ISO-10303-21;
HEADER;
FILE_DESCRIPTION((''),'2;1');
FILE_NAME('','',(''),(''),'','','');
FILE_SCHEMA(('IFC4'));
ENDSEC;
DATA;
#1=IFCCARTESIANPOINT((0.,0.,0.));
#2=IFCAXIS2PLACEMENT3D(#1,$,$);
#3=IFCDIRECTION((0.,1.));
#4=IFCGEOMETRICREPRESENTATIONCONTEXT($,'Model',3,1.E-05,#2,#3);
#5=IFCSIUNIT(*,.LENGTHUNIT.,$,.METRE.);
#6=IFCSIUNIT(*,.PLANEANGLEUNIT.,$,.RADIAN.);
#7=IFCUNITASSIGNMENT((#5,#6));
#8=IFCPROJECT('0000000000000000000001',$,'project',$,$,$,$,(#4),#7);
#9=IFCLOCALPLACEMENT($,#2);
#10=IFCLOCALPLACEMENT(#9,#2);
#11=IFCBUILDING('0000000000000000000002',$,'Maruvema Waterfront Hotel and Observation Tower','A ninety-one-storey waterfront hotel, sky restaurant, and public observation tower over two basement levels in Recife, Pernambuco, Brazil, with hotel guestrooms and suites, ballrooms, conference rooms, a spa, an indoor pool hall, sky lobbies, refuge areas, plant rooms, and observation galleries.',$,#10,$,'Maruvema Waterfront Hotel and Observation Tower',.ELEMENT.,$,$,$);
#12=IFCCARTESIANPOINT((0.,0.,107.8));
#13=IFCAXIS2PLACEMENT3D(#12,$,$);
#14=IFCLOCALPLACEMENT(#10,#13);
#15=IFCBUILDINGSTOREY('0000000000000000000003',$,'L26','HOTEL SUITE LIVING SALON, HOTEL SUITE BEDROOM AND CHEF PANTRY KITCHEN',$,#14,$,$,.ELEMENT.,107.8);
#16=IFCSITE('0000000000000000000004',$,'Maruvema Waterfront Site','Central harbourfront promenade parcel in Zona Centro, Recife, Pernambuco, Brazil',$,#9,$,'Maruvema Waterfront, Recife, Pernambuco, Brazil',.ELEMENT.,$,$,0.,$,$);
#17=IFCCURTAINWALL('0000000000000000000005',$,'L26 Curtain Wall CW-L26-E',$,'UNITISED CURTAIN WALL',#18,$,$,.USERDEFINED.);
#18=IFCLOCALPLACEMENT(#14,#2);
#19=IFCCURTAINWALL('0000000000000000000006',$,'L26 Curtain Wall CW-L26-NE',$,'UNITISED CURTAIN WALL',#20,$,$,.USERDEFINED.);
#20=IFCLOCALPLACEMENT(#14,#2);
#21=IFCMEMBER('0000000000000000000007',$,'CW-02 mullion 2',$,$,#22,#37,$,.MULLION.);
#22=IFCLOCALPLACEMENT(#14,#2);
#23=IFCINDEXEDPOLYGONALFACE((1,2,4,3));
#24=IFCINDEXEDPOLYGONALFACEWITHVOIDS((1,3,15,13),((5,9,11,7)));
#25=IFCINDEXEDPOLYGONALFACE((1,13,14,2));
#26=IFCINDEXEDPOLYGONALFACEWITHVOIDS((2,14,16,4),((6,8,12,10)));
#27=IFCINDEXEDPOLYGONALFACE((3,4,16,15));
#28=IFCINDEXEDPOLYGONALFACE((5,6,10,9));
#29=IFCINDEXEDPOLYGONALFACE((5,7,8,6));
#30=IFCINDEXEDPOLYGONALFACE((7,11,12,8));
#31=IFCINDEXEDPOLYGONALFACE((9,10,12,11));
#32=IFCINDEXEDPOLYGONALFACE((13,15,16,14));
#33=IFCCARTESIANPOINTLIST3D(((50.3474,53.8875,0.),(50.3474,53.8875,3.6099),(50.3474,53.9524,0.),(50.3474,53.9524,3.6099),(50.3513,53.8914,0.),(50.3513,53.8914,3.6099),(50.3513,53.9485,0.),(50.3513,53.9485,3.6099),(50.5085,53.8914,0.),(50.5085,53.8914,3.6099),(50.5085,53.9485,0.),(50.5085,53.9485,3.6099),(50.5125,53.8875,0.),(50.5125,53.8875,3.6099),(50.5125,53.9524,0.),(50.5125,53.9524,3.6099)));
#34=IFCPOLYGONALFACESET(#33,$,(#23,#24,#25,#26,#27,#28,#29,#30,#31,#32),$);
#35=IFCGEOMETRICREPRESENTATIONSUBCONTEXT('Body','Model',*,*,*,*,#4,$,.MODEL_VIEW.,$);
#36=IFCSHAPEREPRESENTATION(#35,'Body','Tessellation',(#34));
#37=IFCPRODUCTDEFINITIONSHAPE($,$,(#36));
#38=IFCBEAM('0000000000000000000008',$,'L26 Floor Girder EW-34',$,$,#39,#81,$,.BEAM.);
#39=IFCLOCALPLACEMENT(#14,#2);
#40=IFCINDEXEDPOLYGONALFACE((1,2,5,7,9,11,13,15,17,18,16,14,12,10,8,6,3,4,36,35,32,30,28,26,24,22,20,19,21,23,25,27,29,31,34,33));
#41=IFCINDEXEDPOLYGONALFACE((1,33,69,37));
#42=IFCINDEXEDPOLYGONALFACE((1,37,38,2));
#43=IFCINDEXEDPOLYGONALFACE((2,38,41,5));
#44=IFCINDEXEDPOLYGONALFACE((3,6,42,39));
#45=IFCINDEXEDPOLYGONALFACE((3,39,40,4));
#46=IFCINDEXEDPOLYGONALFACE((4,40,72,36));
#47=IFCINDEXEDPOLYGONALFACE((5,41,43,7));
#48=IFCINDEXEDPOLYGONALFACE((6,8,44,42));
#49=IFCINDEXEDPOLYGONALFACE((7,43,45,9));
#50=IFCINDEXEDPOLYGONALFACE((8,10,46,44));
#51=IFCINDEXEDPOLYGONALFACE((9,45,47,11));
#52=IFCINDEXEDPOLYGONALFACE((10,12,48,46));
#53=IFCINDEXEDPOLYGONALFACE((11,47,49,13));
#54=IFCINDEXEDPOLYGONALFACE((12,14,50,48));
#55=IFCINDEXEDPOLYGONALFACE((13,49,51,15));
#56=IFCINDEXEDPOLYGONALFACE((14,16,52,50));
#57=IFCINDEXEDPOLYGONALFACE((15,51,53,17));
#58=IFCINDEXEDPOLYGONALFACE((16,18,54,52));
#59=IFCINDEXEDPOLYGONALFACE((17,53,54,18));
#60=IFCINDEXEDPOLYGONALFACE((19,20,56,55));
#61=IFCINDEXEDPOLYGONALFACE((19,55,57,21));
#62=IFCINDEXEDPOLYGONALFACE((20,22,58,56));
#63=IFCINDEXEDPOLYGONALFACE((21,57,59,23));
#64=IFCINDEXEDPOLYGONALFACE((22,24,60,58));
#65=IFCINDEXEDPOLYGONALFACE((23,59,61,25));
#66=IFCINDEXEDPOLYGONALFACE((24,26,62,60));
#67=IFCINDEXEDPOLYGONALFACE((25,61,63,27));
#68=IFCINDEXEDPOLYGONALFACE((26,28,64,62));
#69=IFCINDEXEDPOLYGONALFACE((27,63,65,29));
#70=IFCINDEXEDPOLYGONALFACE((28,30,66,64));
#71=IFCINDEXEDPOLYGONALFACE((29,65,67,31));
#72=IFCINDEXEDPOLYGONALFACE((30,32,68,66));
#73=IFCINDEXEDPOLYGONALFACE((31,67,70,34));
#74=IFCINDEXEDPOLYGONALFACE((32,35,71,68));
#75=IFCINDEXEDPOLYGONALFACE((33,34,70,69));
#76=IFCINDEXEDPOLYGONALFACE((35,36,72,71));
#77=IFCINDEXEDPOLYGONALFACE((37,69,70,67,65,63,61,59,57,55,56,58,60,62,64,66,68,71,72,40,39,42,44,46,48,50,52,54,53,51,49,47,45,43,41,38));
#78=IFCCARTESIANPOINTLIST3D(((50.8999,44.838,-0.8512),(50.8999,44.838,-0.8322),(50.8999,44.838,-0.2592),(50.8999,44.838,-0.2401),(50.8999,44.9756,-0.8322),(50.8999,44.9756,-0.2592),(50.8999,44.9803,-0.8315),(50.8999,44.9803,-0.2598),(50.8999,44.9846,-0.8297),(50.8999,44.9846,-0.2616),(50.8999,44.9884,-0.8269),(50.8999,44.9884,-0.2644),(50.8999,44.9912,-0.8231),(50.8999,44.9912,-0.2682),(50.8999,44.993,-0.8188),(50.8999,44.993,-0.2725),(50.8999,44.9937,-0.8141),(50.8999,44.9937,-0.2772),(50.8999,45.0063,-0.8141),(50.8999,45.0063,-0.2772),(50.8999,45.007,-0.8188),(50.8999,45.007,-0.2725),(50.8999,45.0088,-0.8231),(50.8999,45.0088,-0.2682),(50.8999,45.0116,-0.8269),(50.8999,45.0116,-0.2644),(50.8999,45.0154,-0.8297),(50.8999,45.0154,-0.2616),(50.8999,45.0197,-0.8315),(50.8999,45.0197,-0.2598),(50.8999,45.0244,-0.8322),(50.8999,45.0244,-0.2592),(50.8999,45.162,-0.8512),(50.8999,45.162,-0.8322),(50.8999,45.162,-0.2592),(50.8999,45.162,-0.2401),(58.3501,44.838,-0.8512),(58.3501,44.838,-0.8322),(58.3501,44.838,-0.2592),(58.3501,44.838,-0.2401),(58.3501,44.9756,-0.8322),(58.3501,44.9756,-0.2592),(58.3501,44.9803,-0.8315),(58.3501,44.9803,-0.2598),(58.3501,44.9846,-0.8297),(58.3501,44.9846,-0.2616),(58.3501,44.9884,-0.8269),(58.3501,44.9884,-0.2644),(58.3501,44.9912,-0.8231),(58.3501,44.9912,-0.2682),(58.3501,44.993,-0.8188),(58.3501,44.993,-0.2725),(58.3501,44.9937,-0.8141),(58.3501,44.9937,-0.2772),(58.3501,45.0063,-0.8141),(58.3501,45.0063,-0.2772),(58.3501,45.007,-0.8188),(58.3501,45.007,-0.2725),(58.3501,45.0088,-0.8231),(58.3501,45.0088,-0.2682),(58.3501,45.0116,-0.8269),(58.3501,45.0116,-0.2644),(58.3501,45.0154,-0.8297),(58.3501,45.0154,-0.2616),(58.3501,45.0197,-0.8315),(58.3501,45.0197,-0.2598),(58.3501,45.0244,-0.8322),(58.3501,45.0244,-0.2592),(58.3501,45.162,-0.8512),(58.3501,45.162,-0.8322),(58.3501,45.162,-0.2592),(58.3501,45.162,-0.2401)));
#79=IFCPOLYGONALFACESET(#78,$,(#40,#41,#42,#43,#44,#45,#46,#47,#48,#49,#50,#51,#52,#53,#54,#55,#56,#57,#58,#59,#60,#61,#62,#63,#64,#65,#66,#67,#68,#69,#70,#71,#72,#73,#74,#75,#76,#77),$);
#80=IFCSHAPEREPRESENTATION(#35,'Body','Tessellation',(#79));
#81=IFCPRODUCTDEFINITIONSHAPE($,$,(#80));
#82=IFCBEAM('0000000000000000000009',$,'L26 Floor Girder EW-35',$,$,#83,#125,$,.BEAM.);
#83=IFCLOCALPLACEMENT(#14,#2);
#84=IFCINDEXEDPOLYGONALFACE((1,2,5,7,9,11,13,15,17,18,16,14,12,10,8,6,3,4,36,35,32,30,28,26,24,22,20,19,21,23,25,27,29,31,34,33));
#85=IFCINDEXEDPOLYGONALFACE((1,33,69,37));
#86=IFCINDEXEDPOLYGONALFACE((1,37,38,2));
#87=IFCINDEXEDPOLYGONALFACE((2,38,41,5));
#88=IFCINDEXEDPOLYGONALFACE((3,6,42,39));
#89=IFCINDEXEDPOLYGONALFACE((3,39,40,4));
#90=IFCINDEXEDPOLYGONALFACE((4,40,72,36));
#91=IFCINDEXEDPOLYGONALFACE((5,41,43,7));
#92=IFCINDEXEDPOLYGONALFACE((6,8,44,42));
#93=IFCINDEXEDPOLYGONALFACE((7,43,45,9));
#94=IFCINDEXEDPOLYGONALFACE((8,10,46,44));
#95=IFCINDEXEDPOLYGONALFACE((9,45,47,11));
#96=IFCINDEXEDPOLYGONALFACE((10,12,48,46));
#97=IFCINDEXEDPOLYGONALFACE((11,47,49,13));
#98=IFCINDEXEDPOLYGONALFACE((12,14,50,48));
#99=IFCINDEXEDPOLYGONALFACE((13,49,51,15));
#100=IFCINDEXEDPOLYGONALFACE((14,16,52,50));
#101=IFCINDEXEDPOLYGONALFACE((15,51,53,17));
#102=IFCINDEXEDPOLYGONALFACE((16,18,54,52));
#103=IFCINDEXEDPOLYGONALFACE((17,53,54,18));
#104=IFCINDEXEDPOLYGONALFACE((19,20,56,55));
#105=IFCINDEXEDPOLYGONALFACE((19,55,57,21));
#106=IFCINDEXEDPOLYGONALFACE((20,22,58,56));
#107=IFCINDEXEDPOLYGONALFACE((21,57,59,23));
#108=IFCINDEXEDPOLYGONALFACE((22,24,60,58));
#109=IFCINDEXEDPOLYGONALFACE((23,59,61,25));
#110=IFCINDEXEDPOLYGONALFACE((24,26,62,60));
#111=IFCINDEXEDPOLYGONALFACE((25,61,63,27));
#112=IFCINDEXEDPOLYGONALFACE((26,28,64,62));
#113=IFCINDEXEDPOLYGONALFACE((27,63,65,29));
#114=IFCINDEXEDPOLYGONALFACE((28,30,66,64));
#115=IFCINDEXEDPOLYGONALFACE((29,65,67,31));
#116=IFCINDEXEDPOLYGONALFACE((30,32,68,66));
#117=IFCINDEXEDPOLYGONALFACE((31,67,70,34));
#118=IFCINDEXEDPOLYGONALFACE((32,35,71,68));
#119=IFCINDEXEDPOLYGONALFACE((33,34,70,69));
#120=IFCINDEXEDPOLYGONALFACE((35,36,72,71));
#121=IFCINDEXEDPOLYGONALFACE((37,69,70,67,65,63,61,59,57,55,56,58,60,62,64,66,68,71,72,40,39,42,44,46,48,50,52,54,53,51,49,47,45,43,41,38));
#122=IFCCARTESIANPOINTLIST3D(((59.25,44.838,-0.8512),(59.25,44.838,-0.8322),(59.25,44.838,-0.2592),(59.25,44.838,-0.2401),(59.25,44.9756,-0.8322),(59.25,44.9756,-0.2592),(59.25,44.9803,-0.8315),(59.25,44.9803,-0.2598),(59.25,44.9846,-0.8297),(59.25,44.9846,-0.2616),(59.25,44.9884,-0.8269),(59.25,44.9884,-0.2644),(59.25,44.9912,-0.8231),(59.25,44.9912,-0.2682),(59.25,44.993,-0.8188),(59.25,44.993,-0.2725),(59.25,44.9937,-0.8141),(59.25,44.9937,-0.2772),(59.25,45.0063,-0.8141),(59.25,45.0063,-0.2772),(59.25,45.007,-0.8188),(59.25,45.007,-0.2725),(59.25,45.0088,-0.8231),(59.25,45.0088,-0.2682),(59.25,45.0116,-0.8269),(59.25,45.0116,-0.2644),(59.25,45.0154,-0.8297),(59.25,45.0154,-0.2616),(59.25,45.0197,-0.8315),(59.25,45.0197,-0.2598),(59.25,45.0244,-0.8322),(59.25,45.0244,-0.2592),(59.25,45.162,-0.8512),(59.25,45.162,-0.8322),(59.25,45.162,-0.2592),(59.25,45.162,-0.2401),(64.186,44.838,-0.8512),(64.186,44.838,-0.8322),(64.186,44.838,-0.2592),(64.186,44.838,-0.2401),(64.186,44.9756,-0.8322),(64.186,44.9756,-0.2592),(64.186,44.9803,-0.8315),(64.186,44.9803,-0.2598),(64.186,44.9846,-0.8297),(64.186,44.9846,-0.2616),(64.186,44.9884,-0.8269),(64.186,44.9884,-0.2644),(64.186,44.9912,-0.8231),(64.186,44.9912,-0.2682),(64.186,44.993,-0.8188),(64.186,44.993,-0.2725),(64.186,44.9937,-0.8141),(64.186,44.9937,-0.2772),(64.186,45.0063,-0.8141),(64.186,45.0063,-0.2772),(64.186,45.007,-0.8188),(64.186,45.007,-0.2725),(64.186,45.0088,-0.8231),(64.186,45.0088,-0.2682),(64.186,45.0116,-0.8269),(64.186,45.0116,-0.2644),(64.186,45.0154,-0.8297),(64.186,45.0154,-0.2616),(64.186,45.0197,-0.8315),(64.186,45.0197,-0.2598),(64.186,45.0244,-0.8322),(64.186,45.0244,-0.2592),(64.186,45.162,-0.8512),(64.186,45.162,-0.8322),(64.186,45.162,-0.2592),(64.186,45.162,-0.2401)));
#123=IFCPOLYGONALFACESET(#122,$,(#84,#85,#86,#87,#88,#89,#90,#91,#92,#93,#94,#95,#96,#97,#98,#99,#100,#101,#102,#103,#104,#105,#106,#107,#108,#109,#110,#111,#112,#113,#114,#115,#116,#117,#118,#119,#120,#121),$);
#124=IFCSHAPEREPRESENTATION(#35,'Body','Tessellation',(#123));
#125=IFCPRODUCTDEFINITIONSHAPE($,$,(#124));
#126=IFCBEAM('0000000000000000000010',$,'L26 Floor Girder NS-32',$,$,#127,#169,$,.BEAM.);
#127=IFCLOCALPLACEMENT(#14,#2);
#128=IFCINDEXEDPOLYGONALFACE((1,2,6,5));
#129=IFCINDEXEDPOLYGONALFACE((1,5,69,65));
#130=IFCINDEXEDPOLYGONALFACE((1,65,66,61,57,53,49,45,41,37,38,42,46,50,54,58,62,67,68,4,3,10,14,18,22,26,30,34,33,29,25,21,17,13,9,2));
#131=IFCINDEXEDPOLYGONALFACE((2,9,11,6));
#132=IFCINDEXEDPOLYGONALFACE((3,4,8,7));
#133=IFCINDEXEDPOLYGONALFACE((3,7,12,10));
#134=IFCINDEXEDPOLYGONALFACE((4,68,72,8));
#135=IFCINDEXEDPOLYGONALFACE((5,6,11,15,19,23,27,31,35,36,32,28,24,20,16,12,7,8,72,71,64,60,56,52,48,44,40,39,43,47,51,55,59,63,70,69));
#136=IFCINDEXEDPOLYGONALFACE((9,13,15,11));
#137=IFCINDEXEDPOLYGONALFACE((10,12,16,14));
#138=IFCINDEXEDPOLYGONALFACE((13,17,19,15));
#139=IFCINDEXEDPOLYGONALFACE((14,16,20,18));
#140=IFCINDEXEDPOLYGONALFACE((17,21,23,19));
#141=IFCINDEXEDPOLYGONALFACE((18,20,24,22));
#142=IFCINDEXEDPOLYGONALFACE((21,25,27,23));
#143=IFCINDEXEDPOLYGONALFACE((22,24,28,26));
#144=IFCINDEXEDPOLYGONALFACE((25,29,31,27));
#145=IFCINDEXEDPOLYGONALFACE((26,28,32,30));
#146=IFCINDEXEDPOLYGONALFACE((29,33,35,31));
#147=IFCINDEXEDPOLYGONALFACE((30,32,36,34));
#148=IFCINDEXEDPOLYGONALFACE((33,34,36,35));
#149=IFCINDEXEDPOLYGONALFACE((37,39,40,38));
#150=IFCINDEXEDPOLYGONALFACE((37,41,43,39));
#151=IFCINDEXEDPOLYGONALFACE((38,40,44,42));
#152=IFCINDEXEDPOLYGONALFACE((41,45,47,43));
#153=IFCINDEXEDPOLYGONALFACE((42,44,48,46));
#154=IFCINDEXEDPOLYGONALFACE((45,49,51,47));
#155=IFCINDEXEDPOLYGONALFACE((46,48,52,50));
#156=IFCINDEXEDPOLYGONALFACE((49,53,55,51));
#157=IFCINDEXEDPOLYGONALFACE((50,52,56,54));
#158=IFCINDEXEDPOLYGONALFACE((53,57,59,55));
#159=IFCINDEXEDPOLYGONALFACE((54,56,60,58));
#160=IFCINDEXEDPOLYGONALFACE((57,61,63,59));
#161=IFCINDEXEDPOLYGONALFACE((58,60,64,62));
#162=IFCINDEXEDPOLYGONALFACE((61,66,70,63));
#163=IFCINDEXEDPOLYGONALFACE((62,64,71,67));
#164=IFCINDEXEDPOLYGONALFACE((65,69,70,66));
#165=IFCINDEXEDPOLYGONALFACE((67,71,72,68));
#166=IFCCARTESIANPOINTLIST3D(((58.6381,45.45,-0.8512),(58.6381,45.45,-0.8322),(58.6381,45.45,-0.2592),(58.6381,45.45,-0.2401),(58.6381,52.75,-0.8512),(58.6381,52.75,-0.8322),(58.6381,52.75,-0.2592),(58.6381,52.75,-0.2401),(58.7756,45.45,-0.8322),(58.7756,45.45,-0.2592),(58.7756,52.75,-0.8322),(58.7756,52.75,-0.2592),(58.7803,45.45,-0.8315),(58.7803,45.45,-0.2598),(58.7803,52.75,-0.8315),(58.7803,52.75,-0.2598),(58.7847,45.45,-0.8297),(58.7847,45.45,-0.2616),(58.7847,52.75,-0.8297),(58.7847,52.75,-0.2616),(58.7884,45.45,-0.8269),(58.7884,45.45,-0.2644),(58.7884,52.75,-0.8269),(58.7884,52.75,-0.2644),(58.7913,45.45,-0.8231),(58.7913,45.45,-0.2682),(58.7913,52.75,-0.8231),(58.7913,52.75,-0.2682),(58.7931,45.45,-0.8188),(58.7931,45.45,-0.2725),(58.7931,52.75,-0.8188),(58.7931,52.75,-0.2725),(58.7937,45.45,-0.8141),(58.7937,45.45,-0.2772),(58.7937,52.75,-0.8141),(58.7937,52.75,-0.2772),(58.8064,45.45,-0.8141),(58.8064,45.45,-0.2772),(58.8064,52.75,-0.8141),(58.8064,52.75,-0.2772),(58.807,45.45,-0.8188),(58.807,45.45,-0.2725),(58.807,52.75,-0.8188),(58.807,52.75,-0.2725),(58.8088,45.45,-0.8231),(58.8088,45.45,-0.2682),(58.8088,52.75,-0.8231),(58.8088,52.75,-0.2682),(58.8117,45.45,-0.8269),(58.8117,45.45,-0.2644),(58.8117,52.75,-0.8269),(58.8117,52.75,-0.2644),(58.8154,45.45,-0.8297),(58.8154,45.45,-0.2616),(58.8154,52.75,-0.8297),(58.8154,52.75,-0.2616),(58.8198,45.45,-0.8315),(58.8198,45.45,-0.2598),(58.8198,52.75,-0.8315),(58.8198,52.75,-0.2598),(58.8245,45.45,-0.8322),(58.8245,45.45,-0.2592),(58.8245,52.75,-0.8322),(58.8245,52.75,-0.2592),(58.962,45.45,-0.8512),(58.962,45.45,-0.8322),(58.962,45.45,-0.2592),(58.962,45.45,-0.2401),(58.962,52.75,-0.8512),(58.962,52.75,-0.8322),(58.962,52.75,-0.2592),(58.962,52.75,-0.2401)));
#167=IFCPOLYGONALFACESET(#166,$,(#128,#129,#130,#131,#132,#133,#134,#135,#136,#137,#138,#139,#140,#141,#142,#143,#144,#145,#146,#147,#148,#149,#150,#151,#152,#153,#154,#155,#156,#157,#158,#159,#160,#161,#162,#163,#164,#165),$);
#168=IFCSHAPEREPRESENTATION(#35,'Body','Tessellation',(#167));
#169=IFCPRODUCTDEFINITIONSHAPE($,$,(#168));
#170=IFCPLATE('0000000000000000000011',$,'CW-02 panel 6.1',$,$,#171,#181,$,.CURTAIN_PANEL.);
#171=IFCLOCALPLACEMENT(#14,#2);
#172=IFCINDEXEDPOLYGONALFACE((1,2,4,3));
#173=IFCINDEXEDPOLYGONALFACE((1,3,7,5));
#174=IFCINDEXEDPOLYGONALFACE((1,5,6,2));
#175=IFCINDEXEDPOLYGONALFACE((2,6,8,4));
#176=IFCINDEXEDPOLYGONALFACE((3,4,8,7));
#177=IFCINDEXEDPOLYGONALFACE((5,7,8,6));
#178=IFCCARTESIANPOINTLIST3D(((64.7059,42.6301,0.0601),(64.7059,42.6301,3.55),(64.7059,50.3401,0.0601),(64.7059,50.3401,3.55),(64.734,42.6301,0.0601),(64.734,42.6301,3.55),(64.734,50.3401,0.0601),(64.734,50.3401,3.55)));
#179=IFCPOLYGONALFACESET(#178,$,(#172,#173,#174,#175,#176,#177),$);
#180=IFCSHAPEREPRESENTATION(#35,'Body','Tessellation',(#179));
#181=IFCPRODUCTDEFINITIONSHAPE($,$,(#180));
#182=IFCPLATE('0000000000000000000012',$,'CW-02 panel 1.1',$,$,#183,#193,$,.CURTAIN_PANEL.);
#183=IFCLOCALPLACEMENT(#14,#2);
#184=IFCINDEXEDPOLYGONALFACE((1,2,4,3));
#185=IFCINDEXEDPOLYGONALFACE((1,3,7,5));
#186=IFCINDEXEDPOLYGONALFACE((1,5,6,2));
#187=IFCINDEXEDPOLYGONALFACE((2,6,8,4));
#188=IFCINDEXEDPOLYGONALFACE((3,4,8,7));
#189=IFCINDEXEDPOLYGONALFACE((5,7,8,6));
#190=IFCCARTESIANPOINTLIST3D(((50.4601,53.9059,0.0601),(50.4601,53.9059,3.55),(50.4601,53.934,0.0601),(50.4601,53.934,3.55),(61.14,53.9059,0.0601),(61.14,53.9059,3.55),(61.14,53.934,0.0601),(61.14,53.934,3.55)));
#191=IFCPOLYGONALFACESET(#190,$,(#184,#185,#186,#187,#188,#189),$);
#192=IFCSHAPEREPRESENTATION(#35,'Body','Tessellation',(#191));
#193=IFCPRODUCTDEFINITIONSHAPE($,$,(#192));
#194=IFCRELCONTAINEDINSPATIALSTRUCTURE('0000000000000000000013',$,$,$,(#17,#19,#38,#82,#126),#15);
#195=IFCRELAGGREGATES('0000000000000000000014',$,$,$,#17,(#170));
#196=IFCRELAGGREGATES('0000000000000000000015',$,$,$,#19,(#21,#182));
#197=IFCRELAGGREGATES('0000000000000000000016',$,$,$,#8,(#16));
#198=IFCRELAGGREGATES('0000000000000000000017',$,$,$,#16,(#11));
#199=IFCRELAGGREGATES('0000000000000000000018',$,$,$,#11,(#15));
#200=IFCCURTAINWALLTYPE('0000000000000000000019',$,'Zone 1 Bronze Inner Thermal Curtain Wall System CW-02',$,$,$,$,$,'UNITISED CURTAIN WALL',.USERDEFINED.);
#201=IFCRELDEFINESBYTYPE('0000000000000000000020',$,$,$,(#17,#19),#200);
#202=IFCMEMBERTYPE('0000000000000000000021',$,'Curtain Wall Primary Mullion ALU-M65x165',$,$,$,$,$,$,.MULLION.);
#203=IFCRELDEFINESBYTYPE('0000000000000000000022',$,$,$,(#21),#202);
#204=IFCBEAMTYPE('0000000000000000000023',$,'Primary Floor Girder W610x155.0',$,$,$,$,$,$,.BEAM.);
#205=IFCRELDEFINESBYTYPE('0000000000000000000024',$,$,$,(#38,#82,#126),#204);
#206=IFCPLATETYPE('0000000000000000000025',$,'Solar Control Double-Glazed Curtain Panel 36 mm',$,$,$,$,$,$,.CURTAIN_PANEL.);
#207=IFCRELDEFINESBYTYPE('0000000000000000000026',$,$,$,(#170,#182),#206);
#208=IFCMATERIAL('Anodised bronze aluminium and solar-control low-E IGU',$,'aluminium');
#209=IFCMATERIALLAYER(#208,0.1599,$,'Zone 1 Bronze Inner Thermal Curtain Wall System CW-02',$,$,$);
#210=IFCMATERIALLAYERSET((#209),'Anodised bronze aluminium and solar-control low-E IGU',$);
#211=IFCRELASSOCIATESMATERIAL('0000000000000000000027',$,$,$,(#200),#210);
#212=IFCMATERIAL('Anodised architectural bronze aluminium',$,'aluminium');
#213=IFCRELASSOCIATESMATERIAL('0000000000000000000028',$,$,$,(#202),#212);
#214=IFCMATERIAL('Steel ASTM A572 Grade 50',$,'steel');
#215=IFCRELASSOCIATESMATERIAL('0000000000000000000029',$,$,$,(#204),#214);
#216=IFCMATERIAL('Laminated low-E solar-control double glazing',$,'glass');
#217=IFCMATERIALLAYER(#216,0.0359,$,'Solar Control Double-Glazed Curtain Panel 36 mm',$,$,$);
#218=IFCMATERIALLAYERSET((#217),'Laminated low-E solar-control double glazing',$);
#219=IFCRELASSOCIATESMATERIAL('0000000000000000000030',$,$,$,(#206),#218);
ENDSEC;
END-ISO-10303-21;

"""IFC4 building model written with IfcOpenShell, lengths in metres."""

from ifc_helpers import new_model, si_unit, direction, frame, origin, origin_2d, place, context, subcontext, project, spatial, rectangle, hollow_rectangle, i_section, extrude, material, layer, layer_set, material_profile, profile_set, type_object, element, aggregate, save


model = new_model("IFC4")

# Units and contexts
model_context = context("Model", 3, precision=1e-05, world=origin(), true_north=direction((0.0, 1.0)))
body_context = subcontext(model_context, "Body", "Model", "MODEL_VIEW")
ifc_project = project(units=[si_unit("LENGTHUNIT", "METRE"), si_unit("PLANEANGLEUNIT", "RADIAN")], contexts=[model_context])

# Site, building, storey
site_placement = place(None, origin())
site = spatial("IfcSite", under=ifc_project, at=site_placement, Name="Maruvema Waterfront Site", Description="Central harbourfront promenade parcel in Zona Centro, Recife, Pernambuco, Brazil", LongName="Maruvema Waterfront, Recife, Pernambuco, Brazil", CompositionType="ELEMENT", RefElevation=0.0)
building_placement = place(site_placement, origin())
building = spatial("IfcBuilding", under=site, at=building_placement, Name="Maruvema Waterfront Hotel and Observation Tower", Description="A ninety-one-storey waterfront hotel, sky restaurant, and public observation tower over two basement levels in Recife, Pernambuco, Brazil, with hotel guestrooms and suites, ballrooms, conference rooms, a spa, an indoor pool hall, sky lobbies, refuge areas, plant rooms, and observation galleries.", LongName="Maruvema Waterfront Hotel and Observation Tower", CompositionType="ELEMENT")
storey_placement = place(building_placement, frame((0.0, 0.0, 107.8)))
storey = spatial("IfcBuildingStorey", under=building, at=storey_placement, Name="L26", Description="HOTEL SUITE LIVING SALON, HOTEL SUITE BEDROOM AND CHEF PANTRY KITCHEN", CompositionType="ELEMENT", Elevation=107.8)

# Curtain walls
ifc_material_1 = material(Name="Anodised bronze aluminium and solar-control low-E IGU", Category="aluminium")
ifc_layer_1 = layer(ifc_material_1, 0.1599, Name="Zone 1 Bronze Inner Thermal Curtain Wall System CW-02")
ifc_layer_set_1 = layer_set([ifc_layer_1], Name="Anodised bronze aluminium and solar-control low-E IGU")
curtain_wall_type = type_object("IfcCurtainWallType", Name="Zone 1 Bronze Inner Thermal Curtain Wall System CW-02", ElementType="UNITISED CURTAIN WALL", PredefinedType="USERDEFINED", material=ifc_layer_set_1)
curtain_wall_1_placement = place(storey_placement, origin())
curtain_wall_1 = element("IfcCurtainWall", 1, at=curtain_wall_1_placement, inside=storey, type_object=curtain_wall_type, Name="L26 Curtain Wall CW-L26-E", ObjectType="UNITISED CURTAIN WALL", PredefinedType="USERDEFINED")
curtain_wall_2_placement = place(storey_placement, origin())
curtain_wall_2 = element("IfcCurtainWall", 2, at=curtain_wall_2_placement, inside=storey, type_object=curtain_wall_type, Name="L26 Curtain Wall CW-L26-NE", ObjectType="UNITISED CURTAIN WALL", PredefinedType="USERDEFINED")

# Member
ifc_material_2 = material(Name="Anodised architectural bronze aluminium", Category="aluminium")
ifc_material_profile_1 = material_profile(ifc_material_2, hollow_rectangle(XDim=0.0649, YDim=0.165, WallThickness=0.0039, at=origin_2d()), Name="ALU-M65x165")
ifc_profile_set_1 = profile_set([ifc_material_profile_1], Name="Anodised architectural bronze aluminium")
member_type_1 = type_object("IfcMemberType", Name="Curtain Wall Primary Mullion ALU-M65x165", PredefinedType="MULLION", material=ifc_profile_set_1)
member_1_placement = place(storey_placement, frame((50.4299, 53.9199, 0.0), z_axis=(0.0, 0.0, 1.0), x_axis=(0.0, -1.0, 0.0)))
member_1 = element("IfcMember", 3, at=member_1_placement, type_object=member_type_1, Name="CW-02 mullion 2", PredefinedType="MULLION", context=body_context, shape_type="SweptSolid", body=[
    extrude(hollow_rectangle(XDim=0.0649, YDim=0.165, WallThickness=0.0039, at=origin_2d()), origin(), (0.0, 0.0, 1.0), 3.6099),
])

# Beams
ifc_material_3 = material(Name="Steel ASTM A572 Grade 50", Category="steel")
ifc_material_profile_2 = material_profile(ifc_material_3, i_section(OverallWidth=0.324, OverallDepth=0.6111, WebThickness=0.0127, FlangeThickness=0.019, FilletRadius=0.0181, at=origin_2d()), Name="W610x155.0")
ifc_profile_set_2 = profile_set([ifc_material_profile_2], Name="Steel ASTM A572 Grade 50")
beam_type = type_object("IfcBeamType", Name="Primary Floor Girder W610x155.0", PredefinedType="BEAM", material=ifc_profile_set_2)
beam_1_placement = place(storey_placement, frame((50.8999, 45.0, -0.5457), z_axis=(1.0, 0.0, 0.0), x_axis=(0.0, 1.0, 0.0)))
element("IfcBeam", 4, at=beam_1_placement, inside=storey, type_object=beam_type, Name="L26 Floor Girder EW-34", PredefinedType="BEAM", context=body_context, shape_type="SweptSolid", body=[
    extrude(i_section(OverallWidth=0.324, OverallDepth=0.6111, WebThickness=0.0127, FlangeThickness=0.019, FilletRadius=0.0181, at=origin_2d()), origin(), (0.0, 0.0, 1.0), 7.4502),
])
beam_2_placement = place(storey_placement, frame((59.25, 45.0, -0.5457), z_axis=(1.0, 0.0, 0.0), x_axis=(0.0, 1.0, 0.0)))
element("IfcBeam", 5, at=beam_2_placement, inside=storey, type_object=beam_type, Name="L26 Floor Girder EW-35", PredefinedType="BEAM", context=body_context, shape_type="SweptSolid", body=[
    extrude(i_section(OverallWidth=0.324, OverallDepth=0.6111, WebThickness=0.0127, FlangeThickness=0.019, FilletRadius=0.0181, at=origin_2d()), origin(), (0.0, 0.0, 1.0), 4.936),
])
beam_3_placement = place(storey_placement, frame((58.8, 45.45, -0.5457), z_axis=(0.0, 1.0, 0.0), x_axis=(-1.0, 0.0, 0.0)))
element("IfcBeam", 6, at=beam_3_placement, inside=storey, type_object=beam_type, Name="L26 Floor Girder NS-32", PredefinedType="BEAM", context=body_context, shape_type="SweptSolid", body=[
    extrude(i_section(OverallWidth=0.324, OverallDepth=0.6111, WebThickness=0.0127, FlangeThickness=0.019, FilletRadius=0.0181, at=origin_2d()), origin(), (0.0, 0.0, 1.0), 7.3),
])

# Plates
ifc_material_4 = material(Name="Laminated low-E solar-control double glazing", Category="glass")
ifc_layer_2 = layer(ifc_material_4, 0.0359, Name="Solar Control Double-Glazed Curtain Panel 36 mm")
ifc_layer_set_2 = layer_set([ifc_layer_2], Name="Laminated low-E solar-control double glazing")
plate_type_1 = type_object("IfcPlateType", Name="Solar Control Double-Glazed Curtain Panel 36 mm", PredefinedType="CURTAIN_PANEL", material=ifc_layer_set_2)
plate_1_placement = place(storey_placement, frame((64.72, 46.4851, 0.0601), z_axis=(0.0, 0.0, 1.0), x_axis=(0.0, 1.0, 0.0)))
plate_1 = element("IfcPlate", 7, at=plate_1_placement, type_object=plate_type_1, Name="CW-02 panel 6.1", PredefinedType="CURTAIN_PANEL", context=body_context, shape_type="SweptSolid", body=[
    extrude(rectangle(XDim=7.71, YDim=0.0281, at=origin_2d()), origin(), (0.0, 0.0, 1.0), 3.49),
])
aggregate(curtain_wall_1, [plate_1])
plate_2_placement = place(storey_placement, frame((55.8, 53.9199, 0.0601), z_axis=(0.0, 0.0, 1.0), x_axis=(-1.0, 0.0, 0.0)))
plate_2 = element("IfcPlate", 8, at=plate_2_placement, type_object=plate_type_1, Name="CW-02 panel 1.1", PredefinedType="CURTAIN_PANEL", context=body_context, shape_type="SweptSolid", body=[
    extrude(rectangle(XDim=10.6799, YDim=0.0281, at=origin_2d()), origin(), (0.0, 0.0, 1.0), 3.49),
])
aggregate(curtain_wall_2, [member_1, plate_2])

save(model, "model.ifc")
